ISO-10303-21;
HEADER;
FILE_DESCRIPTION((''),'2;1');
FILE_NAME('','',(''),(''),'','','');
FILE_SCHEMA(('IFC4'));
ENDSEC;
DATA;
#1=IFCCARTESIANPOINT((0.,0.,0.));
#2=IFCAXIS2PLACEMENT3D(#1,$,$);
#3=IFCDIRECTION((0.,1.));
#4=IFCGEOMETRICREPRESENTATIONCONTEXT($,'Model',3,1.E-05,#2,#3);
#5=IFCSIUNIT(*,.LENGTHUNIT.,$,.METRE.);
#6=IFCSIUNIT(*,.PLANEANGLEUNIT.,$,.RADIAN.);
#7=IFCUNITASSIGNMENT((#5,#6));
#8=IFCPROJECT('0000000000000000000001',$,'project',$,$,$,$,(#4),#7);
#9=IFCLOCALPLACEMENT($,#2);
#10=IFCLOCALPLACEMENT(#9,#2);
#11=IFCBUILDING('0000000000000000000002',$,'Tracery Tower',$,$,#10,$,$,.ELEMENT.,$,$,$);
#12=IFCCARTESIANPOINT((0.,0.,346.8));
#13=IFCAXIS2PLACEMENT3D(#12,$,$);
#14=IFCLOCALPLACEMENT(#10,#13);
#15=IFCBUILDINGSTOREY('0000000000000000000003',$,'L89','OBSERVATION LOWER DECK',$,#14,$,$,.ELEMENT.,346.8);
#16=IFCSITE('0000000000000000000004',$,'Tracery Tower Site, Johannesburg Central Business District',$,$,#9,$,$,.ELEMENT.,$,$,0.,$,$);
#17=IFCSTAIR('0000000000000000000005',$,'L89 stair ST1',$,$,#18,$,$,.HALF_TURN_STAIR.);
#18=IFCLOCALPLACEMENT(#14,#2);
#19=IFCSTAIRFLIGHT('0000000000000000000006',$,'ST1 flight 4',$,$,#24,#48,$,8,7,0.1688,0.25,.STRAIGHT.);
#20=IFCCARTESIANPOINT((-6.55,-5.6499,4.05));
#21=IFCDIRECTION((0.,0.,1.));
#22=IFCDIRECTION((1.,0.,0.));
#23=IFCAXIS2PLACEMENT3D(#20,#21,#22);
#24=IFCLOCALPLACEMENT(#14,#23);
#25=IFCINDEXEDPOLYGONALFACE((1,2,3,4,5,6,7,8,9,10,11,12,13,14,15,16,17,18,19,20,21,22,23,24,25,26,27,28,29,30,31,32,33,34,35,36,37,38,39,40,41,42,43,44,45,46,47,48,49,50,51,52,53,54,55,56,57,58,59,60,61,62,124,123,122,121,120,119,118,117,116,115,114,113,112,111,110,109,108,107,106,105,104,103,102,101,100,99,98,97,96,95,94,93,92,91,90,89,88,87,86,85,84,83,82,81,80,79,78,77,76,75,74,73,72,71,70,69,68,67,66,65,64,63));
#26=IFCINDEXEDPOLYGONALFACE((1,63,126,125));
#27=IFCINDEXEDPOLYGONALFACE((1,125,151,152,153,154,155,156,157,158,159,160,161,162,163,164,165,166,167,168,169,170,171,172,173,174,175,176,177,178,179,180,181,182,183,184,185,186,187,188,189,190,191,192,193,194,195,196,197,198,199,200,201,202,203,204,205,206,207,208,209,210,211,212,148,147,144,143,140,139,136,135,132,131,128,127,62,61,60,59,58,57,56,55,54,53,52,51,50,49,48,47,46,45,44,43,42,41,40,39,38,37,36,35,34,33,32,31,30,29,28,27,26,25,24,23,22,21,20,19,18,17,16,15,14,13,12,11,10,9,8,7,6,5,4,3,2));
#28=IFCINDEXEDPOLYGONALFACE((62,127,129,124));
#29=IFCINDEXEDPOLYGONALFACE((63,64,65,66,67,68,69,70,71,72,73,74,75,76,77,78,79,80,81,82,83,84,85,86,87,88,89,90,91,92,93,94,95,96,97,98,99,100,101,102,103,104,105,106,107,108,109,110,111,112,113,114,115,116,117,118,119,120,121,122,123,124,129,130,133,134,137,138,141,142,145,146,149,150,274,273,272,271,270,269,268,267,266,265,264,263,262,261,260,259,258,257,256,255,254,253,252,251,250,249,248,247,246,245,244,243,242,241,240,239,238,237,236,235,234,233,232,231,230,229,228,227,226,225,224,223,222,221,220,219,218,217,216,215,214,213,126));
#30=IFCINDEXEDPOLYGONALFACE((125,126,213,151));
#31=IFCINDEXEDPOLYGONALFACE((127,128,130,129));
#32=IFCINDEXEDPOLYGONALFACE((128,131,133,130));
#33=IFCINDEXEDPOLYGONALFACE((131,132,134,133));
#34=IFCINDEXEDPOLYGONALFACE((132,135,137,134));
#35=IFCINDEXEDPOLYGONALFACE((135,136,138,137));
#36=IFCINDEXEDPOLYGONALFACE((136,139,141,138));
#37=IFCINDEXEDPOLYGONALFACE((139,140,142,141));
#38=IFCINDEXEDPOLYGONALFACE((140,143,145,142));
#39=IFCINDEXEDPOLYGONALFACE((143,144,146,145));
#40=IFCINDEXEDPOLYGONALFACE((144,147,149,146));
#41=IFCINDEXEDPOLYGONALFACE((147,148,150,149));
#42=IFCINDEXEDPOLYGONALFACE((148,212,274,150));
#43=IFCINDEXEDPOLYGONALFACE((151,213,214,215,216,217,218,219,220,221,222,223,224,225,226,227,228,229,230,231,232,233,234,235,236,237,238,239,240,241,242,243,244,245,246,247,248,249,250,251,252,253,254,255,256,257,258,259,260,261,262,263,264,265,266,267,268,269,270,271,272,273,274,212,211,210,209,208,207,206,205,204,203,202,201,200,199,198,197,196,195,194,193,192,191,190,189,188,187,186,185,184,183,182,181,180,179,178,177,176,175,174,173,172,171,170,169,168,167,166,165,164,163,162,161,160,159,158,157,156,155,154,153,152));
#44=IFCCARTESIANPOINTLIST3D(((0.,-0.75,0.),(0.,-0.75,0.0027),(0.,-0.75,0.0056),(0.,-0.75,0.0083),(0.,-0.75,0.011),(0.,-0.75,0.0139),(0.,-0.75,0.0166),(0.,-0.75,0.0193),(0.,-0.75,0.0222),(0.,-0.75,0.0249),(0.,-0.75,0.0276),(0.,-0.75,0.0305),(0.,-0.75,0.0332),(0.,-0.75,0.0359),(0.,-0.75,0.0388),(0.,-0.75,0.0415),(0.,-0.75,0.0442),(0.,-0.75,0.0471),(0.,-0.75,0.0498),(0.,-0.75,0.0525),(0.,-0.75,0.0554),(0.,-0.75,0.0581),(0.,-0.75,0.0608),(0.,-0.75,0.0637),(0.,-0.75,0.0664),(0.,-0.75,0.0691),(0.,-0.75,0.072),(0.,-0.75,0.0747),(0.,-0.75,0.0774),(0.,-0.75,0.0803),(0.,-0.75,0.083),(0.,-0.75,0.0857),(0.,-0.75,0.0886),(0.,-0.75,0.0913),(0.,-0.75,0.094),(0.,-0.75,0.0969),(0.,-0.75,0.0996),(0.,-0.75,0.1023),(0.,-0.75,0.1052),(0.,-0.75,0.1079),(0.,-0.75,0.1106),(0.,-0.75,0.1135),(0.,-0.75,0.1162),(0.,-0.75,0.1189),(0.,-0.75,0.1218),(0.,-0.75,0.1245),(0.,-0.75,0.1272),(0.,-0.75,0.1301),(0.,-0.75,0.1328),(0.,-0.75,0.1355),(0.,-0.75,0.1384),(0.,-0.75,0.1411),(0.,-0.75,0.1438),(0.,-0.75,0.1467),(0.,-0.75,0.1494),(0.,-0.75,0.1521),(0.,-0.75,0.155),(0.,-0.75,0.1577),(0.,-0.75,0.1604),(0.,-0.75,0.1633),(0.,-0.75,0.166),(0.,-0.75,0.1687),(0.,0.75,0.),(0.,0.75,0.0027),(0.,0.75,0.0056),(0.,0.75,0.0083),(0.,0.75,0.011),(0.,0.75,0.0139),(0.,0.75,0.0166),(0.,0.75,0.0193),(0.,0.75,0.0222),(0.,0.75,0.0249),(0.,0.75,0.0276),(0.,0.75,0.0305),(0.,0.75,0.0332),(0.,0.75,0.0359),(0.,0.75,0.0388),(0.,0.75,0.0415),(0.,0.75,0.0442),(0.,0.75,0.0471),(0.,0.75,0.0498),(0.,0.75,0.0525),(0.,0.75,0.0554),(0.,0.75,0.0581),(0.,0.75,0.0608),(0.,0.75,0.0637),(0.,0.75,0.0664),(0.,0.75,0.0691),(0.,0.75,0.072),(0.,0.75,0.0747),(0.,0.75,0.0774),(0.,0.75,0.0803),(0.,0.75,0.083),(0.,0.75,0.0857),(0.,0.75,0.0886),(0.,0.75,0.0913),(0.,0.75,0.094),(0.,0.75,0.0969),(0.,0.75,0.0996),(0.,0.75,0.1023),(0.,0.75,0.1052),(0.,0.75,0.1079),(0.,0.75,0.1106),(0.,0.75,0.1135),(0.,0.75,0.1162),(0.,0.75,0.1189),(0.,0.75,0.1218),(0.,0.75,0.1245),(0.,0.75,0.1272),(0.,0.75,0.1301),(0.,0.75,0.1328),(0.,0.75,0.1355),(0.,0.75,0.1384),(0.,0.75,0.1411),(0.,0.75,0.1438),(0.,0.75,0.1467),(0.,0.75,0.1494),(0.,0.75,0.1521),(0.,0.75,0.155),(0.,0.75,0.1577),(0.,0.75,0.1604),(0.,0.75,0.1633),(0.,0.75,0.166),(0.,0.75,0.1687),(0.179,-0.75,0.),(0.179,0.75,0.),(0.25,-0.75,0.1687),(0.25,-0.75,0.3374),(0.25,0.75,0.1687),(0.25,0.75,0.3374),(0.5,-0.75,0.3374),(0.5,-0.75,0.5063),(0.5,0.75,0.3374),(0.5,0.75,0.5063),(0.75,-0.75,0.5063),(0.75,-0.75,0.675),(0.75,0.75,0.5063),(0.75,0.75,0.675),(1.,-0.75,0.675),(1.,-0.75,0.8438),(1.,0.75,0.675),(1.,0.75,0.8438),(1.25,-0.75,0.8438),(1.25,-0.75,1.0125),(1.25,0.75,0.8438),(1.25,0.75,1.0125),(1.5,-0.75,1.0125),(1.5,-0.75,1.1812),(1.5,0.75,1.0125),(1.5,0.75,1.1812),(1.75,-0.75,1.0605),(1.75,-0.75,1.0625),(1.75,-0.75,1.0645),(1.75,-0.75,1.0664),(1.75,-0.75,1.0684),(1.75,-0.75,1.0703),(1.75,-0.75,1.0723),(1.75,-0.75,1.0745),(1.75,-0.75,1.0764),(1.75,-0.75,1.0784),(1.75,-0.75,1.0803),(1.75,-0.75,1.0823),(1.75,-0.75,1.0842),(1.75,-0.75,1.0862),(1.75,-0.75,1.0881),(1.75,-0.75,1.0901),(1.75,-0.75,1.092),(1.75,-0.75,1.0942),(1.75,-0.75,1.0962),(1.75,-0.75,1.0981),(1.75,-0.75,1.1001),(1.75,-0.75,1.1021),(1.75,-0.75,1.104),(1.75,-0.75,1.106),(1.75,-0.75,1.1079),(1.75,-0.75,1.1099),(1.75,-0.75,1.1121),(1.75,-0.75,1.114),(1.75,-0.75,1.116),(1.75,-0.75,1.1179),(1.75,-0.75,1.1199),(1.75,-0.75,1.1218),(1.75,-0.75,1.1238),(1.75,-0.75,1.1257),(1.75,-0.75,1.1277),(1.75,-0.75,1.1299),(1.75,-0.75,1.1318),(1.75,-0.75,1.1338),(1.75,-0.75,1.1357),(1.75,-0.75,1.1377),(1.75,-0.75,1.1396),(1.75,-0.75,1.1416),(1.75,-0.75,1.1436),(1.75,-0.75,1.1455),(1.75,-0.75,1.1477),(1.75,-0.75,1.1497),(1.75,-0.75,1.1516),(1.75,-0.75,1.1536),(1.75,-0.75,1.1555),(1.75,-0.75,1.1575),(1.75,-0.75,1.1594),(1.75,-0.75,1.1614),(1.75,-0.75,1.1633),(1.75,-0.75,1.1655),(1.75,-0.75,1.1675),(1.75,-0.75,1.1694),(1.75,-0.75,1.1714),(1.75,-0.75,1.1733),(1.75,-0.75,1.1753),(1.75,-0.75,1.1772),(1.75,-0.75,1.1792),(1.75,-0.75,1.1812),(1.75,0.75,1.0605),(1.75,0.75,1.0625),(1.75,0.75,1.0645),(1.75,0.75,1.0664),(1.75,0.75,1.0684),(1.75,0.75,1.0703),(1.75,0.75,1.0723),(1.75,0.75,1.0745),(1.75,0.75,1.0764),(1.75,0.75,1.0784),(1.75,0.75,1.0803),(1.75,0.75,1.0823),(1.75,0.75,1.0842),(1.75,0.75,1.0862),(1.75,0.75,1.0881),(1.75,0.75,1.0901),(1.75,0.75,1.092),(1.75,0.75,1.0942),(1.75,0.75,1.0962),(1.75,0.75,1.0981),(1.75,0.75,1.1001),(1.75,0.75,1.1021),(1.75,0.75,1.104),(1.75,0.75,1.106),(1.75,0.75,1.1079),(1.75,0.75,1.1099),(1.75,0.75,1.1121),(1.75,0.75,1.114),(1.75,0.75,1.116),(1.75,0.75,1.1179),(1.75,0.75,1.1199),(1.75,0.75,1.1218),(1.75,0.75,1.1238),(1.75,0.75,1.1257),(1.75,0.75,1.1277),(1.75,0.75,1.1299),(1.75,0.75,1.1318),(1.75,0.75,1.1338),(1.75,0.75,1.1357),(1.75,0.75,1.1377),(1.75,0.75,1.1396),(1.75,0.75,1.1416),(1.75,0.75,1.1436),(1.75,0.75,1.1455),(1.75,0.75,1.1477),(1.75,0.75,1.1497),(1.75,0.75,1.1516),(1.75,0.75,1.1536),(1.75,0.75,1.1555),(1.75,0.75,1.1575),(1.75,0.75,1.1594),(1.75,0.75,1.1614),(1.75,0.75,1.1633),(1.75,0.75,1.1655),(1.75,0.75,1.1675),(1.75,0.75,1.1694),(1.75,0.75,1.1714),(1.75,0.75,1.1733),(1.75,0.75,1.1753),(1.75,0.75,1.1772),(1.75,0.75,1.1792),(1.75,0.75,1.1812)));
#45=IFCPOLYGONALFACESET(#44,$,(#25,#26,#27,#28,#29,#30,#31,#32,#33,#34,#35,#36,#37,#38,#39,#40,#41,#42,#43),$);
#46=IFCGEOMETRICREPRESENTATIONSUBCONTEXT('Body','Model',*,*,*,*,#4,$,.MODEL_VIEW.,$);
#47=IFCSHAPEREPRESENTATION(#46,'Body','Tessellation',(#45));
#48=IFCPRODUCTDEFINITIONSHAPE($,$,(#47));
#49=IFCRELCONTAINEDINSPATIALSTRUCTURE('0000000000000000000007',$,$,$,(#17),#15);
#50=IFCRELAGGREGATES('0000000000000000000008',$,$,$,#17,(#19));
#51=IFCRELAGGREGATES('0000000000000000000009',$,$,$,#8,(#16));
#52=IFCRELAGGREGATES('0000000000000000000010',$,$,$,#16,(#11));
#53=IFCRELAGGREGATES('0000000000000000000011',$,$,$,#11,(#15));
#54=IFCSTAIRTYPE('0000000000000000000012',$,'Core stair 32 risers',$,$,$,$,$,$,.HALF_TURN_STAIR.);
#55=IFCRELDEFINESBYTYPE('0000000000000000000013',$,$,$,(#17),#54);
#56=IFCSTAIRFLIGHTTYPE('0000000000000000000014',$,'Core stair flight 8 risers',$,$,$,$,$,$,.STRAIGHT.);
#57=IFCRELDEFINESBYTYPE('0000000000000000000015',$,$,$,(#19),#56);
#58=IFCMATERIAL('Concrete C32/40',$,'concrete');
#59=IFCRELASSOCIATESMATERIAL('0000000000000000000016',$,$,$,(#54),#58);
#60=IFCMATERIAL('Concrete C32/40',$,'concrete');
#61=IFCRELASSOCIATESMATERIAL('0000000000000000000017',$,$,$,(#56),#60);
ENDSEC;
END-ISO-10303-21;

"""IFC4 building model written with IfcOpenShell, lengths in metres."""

from ifc_helpers import new_model, si_unit, direction, frame, origin, place, context, subcontext, project, spatial, polyline, outline, extrude, material, type_object, element, aggregate, save


model = new_model("IFC4")

# Units and contexts
model_context = context("Model", 3, precision=1e-05, world=origin(), true_north=direction((0.0, 1.0)))
body_context = subcontext(model_context, "Body", "Model", "MODEL_VIEW")
ifc_project = project(units=[si_unit("LENGTHUNIT", "METRE"), si_unit("PLANEANGLEUNIT", "RADIAN")], contexts=[model_context])

# Site, building, storey
site_placement = place(None, origin())
site = spatial("IfcSite", under=ifc_project, at=site_placement, Name="Tracery Tower Site, Johannesburg Central Business District", CompositionType="ELEMENT", RefElevation=0.0)
building_placement = place(site_placement, origin())
building = spatial("IfcBuilding", under=site, at=building_placement, Name="Tracery Tower", CompositionType="ELEMENT")
storey_placement = place(building_placement, frame((0.0, 0.0, 346.8)))
storey = spatial("IfcBuildingStorey", under=building, at=storey_placement, Name="L89", Description="OBSERVATION LOWER DECK", CompositionType="ELEMENT", Elevation=346.8)

# Stair, stair flight
ifc_material_1 = material(Name="Concrete C32/40", Category="concrete")
stair_type = type_object("IfcStairType", Name="Core stair 32 risers", PredefinedType="HALF_TURN_STAIR", material=ifc_material_1)
stair_placement = place(storey_placement, origin())
stair = element("IfcStair", 1, at=stair_placement, inside=storey, type_object=stair_type, Name="L89 stair ST1", PredefinedType="HALF_TURN_STAIR")
ifc_material_2 = material(Name="Concrete C32/40", Category="concrete")
stair_flight_type = type_object("IfcStairFlightType", Name="Core stair flight 8 risers", PredefinedType="STRAIGHT", material=ifc_material_2)
stair_flight_1_placement = place(storey_placement, frame((-6.55, -5.6499, 4.05), z_axis=(0.0, 0.0, 1.0), x_axis=(1.0, 0.0, 0.0)))
stair_flight_1 = element("IfcStairFlight", 2, at=stair_flight_1_placement, type_object=stair_flight_type, Name="ST1 flight 4", NumberOfRisers=8, NumberOfTreads=7, PredefinedType="STRAIGHT", RiserHeight=0.1688, TreadLength=0.25, context=body_context, shape_type="SweptSolid", body=[
    extrude(outline(polyline([(0.0, 0.0), (0.0, 0.0027), (0.0, 0.0056), (0.0, 0.0083), (0.0, 0.011), (0.0, 0.0139), (0.0, 0.0166), (0.0, 0.0193), (0.0, 0.0222), (0.0, 0.0249), (0.0, 0.0276), (0.0, 0.0305), (0.0, 0.0332), (0.0, 0.0359), (0.0, 0.0388), (0.0, 0.0415), (0.0, 0.0442), (0.0, 0.0471), (0.0, 0.0498), (0.0, 0.0525), (0.0, 0.0554), (0.0, 0.0581), (0.0, 0.0608), (0.0, 0.0637), (0.0, 0.0664), (0.0, 0.0691), (0.0, 0.072), (0.0, 0.0747), (0.0, 0.0774), (0.0, 0.0803), (0.0, 0.083), (0.0, 0.0857), (0.0, 0.0886), (0.0, 0.0913), (0.0, 0.094), (0.0, 0.0969), (0.0, 0.0996), (0.0, 0.1023), (0.0, 0.1052), (0.0, 0.1079), (0.0, 0.1106), (0.0, 0.1135), (0.0, 0.1162), (0.0, 0.1189), (0.0, 0.1218), (0.0, 0.1245), (0.0, 0.1272), (0.0, 0.1301), (0.0, 0.1328), (0.0, 0.1355), (0.0, 0.1384), (0.0, 0.1411), (0.0, 0.1438), (0.0, 0.1467), (0.0, 0.1494), (0.0, 0.1521), (0.0, 0.155), (0.0, 0.1577), (0.0, 0.1604), (0.0, 0.1633), (0.0, 0.166), (0.0, 0.1687), (0.25, 0.1687), (0.25, 0.3374), (0.5, 0.3374), (0.5, 0.5063), (0.75, 0.5063), (0.75, 0.675), (1.0, 0.675), (1.0, 0.8438), (1.25, 0.8438), (1.25, 1.0125), (1.5, 1.0125), (1.5, 1.1812), (1.75, 1.1812), (1.75, 1.1792), (1.75, 1.1772), (1.75, 1.1753), (1.75, 1.1733), (1.75, 1.1714), (1.75, 1.1694), (1.75, 1.1675), (1.75, 1.1655), (1.75, 1.1633), (1.75, 1.1614), (1.75, 1.1594), (1.75, 1.1575), (1.75, 1.1555), (1.75, 1.1536), (1.75, 1.1516), (1.75, 1.1497), (1.75, 1.1477), (1.75, 1.1455), (1.75, 1.1436), (1.75, 1.1416), (1.75, 1.1396), (1.75, 1.1377), (1.75, 1.1357), (1.75, 1.1338), (1.75, 1.1318), (1.75, 1.1299), (1.75, 1.1277), (1.75, 1.1257), (1.75, 1.1238), (1.75, 1.1218), (1.75, 1.1199), (1.75, 1.1179), (1.75, 1.116), (1.75, 1.114), (1.75, 1.1121), (1.75, 1.1099), (1.75, 1.1079), (1.75, 1.106), (1.75, 1.104), (1.75, 1.1021), (1.75, 1.1001), (1.75, 1.0981), (1.75, 1.0962), (1.75, 1.0942), (1.75, 1.092), (1.75, 1.0901), (1.75, 1.0881), (1.75, 1.0862), (1.75, 1.0842), (1.75, 1.0823), (1.75, 1.0803), (1.75, 1.0784), (1.75, 1.0764), (1.75, 1.0745), (1.75, 1.0723), (1.75, 1.0703), (1.75, 1.0684), (1.75, 1.0664), (1.75, 1.0645), (1.75, 1.0625), (1.75, 1.0605), (0.179, 0.0), (0.0, 0.0)])), frame((0.0, 0.75, 0.0), z_axis=(0.0, -1.0, 0.0), x_axis=(1.0, 0.0, 0.0)), (0.0, 0.0, 1.0), 1.5),
])
aggregate(stair, [stair_flight_1])

save(model, "model.ifc")
